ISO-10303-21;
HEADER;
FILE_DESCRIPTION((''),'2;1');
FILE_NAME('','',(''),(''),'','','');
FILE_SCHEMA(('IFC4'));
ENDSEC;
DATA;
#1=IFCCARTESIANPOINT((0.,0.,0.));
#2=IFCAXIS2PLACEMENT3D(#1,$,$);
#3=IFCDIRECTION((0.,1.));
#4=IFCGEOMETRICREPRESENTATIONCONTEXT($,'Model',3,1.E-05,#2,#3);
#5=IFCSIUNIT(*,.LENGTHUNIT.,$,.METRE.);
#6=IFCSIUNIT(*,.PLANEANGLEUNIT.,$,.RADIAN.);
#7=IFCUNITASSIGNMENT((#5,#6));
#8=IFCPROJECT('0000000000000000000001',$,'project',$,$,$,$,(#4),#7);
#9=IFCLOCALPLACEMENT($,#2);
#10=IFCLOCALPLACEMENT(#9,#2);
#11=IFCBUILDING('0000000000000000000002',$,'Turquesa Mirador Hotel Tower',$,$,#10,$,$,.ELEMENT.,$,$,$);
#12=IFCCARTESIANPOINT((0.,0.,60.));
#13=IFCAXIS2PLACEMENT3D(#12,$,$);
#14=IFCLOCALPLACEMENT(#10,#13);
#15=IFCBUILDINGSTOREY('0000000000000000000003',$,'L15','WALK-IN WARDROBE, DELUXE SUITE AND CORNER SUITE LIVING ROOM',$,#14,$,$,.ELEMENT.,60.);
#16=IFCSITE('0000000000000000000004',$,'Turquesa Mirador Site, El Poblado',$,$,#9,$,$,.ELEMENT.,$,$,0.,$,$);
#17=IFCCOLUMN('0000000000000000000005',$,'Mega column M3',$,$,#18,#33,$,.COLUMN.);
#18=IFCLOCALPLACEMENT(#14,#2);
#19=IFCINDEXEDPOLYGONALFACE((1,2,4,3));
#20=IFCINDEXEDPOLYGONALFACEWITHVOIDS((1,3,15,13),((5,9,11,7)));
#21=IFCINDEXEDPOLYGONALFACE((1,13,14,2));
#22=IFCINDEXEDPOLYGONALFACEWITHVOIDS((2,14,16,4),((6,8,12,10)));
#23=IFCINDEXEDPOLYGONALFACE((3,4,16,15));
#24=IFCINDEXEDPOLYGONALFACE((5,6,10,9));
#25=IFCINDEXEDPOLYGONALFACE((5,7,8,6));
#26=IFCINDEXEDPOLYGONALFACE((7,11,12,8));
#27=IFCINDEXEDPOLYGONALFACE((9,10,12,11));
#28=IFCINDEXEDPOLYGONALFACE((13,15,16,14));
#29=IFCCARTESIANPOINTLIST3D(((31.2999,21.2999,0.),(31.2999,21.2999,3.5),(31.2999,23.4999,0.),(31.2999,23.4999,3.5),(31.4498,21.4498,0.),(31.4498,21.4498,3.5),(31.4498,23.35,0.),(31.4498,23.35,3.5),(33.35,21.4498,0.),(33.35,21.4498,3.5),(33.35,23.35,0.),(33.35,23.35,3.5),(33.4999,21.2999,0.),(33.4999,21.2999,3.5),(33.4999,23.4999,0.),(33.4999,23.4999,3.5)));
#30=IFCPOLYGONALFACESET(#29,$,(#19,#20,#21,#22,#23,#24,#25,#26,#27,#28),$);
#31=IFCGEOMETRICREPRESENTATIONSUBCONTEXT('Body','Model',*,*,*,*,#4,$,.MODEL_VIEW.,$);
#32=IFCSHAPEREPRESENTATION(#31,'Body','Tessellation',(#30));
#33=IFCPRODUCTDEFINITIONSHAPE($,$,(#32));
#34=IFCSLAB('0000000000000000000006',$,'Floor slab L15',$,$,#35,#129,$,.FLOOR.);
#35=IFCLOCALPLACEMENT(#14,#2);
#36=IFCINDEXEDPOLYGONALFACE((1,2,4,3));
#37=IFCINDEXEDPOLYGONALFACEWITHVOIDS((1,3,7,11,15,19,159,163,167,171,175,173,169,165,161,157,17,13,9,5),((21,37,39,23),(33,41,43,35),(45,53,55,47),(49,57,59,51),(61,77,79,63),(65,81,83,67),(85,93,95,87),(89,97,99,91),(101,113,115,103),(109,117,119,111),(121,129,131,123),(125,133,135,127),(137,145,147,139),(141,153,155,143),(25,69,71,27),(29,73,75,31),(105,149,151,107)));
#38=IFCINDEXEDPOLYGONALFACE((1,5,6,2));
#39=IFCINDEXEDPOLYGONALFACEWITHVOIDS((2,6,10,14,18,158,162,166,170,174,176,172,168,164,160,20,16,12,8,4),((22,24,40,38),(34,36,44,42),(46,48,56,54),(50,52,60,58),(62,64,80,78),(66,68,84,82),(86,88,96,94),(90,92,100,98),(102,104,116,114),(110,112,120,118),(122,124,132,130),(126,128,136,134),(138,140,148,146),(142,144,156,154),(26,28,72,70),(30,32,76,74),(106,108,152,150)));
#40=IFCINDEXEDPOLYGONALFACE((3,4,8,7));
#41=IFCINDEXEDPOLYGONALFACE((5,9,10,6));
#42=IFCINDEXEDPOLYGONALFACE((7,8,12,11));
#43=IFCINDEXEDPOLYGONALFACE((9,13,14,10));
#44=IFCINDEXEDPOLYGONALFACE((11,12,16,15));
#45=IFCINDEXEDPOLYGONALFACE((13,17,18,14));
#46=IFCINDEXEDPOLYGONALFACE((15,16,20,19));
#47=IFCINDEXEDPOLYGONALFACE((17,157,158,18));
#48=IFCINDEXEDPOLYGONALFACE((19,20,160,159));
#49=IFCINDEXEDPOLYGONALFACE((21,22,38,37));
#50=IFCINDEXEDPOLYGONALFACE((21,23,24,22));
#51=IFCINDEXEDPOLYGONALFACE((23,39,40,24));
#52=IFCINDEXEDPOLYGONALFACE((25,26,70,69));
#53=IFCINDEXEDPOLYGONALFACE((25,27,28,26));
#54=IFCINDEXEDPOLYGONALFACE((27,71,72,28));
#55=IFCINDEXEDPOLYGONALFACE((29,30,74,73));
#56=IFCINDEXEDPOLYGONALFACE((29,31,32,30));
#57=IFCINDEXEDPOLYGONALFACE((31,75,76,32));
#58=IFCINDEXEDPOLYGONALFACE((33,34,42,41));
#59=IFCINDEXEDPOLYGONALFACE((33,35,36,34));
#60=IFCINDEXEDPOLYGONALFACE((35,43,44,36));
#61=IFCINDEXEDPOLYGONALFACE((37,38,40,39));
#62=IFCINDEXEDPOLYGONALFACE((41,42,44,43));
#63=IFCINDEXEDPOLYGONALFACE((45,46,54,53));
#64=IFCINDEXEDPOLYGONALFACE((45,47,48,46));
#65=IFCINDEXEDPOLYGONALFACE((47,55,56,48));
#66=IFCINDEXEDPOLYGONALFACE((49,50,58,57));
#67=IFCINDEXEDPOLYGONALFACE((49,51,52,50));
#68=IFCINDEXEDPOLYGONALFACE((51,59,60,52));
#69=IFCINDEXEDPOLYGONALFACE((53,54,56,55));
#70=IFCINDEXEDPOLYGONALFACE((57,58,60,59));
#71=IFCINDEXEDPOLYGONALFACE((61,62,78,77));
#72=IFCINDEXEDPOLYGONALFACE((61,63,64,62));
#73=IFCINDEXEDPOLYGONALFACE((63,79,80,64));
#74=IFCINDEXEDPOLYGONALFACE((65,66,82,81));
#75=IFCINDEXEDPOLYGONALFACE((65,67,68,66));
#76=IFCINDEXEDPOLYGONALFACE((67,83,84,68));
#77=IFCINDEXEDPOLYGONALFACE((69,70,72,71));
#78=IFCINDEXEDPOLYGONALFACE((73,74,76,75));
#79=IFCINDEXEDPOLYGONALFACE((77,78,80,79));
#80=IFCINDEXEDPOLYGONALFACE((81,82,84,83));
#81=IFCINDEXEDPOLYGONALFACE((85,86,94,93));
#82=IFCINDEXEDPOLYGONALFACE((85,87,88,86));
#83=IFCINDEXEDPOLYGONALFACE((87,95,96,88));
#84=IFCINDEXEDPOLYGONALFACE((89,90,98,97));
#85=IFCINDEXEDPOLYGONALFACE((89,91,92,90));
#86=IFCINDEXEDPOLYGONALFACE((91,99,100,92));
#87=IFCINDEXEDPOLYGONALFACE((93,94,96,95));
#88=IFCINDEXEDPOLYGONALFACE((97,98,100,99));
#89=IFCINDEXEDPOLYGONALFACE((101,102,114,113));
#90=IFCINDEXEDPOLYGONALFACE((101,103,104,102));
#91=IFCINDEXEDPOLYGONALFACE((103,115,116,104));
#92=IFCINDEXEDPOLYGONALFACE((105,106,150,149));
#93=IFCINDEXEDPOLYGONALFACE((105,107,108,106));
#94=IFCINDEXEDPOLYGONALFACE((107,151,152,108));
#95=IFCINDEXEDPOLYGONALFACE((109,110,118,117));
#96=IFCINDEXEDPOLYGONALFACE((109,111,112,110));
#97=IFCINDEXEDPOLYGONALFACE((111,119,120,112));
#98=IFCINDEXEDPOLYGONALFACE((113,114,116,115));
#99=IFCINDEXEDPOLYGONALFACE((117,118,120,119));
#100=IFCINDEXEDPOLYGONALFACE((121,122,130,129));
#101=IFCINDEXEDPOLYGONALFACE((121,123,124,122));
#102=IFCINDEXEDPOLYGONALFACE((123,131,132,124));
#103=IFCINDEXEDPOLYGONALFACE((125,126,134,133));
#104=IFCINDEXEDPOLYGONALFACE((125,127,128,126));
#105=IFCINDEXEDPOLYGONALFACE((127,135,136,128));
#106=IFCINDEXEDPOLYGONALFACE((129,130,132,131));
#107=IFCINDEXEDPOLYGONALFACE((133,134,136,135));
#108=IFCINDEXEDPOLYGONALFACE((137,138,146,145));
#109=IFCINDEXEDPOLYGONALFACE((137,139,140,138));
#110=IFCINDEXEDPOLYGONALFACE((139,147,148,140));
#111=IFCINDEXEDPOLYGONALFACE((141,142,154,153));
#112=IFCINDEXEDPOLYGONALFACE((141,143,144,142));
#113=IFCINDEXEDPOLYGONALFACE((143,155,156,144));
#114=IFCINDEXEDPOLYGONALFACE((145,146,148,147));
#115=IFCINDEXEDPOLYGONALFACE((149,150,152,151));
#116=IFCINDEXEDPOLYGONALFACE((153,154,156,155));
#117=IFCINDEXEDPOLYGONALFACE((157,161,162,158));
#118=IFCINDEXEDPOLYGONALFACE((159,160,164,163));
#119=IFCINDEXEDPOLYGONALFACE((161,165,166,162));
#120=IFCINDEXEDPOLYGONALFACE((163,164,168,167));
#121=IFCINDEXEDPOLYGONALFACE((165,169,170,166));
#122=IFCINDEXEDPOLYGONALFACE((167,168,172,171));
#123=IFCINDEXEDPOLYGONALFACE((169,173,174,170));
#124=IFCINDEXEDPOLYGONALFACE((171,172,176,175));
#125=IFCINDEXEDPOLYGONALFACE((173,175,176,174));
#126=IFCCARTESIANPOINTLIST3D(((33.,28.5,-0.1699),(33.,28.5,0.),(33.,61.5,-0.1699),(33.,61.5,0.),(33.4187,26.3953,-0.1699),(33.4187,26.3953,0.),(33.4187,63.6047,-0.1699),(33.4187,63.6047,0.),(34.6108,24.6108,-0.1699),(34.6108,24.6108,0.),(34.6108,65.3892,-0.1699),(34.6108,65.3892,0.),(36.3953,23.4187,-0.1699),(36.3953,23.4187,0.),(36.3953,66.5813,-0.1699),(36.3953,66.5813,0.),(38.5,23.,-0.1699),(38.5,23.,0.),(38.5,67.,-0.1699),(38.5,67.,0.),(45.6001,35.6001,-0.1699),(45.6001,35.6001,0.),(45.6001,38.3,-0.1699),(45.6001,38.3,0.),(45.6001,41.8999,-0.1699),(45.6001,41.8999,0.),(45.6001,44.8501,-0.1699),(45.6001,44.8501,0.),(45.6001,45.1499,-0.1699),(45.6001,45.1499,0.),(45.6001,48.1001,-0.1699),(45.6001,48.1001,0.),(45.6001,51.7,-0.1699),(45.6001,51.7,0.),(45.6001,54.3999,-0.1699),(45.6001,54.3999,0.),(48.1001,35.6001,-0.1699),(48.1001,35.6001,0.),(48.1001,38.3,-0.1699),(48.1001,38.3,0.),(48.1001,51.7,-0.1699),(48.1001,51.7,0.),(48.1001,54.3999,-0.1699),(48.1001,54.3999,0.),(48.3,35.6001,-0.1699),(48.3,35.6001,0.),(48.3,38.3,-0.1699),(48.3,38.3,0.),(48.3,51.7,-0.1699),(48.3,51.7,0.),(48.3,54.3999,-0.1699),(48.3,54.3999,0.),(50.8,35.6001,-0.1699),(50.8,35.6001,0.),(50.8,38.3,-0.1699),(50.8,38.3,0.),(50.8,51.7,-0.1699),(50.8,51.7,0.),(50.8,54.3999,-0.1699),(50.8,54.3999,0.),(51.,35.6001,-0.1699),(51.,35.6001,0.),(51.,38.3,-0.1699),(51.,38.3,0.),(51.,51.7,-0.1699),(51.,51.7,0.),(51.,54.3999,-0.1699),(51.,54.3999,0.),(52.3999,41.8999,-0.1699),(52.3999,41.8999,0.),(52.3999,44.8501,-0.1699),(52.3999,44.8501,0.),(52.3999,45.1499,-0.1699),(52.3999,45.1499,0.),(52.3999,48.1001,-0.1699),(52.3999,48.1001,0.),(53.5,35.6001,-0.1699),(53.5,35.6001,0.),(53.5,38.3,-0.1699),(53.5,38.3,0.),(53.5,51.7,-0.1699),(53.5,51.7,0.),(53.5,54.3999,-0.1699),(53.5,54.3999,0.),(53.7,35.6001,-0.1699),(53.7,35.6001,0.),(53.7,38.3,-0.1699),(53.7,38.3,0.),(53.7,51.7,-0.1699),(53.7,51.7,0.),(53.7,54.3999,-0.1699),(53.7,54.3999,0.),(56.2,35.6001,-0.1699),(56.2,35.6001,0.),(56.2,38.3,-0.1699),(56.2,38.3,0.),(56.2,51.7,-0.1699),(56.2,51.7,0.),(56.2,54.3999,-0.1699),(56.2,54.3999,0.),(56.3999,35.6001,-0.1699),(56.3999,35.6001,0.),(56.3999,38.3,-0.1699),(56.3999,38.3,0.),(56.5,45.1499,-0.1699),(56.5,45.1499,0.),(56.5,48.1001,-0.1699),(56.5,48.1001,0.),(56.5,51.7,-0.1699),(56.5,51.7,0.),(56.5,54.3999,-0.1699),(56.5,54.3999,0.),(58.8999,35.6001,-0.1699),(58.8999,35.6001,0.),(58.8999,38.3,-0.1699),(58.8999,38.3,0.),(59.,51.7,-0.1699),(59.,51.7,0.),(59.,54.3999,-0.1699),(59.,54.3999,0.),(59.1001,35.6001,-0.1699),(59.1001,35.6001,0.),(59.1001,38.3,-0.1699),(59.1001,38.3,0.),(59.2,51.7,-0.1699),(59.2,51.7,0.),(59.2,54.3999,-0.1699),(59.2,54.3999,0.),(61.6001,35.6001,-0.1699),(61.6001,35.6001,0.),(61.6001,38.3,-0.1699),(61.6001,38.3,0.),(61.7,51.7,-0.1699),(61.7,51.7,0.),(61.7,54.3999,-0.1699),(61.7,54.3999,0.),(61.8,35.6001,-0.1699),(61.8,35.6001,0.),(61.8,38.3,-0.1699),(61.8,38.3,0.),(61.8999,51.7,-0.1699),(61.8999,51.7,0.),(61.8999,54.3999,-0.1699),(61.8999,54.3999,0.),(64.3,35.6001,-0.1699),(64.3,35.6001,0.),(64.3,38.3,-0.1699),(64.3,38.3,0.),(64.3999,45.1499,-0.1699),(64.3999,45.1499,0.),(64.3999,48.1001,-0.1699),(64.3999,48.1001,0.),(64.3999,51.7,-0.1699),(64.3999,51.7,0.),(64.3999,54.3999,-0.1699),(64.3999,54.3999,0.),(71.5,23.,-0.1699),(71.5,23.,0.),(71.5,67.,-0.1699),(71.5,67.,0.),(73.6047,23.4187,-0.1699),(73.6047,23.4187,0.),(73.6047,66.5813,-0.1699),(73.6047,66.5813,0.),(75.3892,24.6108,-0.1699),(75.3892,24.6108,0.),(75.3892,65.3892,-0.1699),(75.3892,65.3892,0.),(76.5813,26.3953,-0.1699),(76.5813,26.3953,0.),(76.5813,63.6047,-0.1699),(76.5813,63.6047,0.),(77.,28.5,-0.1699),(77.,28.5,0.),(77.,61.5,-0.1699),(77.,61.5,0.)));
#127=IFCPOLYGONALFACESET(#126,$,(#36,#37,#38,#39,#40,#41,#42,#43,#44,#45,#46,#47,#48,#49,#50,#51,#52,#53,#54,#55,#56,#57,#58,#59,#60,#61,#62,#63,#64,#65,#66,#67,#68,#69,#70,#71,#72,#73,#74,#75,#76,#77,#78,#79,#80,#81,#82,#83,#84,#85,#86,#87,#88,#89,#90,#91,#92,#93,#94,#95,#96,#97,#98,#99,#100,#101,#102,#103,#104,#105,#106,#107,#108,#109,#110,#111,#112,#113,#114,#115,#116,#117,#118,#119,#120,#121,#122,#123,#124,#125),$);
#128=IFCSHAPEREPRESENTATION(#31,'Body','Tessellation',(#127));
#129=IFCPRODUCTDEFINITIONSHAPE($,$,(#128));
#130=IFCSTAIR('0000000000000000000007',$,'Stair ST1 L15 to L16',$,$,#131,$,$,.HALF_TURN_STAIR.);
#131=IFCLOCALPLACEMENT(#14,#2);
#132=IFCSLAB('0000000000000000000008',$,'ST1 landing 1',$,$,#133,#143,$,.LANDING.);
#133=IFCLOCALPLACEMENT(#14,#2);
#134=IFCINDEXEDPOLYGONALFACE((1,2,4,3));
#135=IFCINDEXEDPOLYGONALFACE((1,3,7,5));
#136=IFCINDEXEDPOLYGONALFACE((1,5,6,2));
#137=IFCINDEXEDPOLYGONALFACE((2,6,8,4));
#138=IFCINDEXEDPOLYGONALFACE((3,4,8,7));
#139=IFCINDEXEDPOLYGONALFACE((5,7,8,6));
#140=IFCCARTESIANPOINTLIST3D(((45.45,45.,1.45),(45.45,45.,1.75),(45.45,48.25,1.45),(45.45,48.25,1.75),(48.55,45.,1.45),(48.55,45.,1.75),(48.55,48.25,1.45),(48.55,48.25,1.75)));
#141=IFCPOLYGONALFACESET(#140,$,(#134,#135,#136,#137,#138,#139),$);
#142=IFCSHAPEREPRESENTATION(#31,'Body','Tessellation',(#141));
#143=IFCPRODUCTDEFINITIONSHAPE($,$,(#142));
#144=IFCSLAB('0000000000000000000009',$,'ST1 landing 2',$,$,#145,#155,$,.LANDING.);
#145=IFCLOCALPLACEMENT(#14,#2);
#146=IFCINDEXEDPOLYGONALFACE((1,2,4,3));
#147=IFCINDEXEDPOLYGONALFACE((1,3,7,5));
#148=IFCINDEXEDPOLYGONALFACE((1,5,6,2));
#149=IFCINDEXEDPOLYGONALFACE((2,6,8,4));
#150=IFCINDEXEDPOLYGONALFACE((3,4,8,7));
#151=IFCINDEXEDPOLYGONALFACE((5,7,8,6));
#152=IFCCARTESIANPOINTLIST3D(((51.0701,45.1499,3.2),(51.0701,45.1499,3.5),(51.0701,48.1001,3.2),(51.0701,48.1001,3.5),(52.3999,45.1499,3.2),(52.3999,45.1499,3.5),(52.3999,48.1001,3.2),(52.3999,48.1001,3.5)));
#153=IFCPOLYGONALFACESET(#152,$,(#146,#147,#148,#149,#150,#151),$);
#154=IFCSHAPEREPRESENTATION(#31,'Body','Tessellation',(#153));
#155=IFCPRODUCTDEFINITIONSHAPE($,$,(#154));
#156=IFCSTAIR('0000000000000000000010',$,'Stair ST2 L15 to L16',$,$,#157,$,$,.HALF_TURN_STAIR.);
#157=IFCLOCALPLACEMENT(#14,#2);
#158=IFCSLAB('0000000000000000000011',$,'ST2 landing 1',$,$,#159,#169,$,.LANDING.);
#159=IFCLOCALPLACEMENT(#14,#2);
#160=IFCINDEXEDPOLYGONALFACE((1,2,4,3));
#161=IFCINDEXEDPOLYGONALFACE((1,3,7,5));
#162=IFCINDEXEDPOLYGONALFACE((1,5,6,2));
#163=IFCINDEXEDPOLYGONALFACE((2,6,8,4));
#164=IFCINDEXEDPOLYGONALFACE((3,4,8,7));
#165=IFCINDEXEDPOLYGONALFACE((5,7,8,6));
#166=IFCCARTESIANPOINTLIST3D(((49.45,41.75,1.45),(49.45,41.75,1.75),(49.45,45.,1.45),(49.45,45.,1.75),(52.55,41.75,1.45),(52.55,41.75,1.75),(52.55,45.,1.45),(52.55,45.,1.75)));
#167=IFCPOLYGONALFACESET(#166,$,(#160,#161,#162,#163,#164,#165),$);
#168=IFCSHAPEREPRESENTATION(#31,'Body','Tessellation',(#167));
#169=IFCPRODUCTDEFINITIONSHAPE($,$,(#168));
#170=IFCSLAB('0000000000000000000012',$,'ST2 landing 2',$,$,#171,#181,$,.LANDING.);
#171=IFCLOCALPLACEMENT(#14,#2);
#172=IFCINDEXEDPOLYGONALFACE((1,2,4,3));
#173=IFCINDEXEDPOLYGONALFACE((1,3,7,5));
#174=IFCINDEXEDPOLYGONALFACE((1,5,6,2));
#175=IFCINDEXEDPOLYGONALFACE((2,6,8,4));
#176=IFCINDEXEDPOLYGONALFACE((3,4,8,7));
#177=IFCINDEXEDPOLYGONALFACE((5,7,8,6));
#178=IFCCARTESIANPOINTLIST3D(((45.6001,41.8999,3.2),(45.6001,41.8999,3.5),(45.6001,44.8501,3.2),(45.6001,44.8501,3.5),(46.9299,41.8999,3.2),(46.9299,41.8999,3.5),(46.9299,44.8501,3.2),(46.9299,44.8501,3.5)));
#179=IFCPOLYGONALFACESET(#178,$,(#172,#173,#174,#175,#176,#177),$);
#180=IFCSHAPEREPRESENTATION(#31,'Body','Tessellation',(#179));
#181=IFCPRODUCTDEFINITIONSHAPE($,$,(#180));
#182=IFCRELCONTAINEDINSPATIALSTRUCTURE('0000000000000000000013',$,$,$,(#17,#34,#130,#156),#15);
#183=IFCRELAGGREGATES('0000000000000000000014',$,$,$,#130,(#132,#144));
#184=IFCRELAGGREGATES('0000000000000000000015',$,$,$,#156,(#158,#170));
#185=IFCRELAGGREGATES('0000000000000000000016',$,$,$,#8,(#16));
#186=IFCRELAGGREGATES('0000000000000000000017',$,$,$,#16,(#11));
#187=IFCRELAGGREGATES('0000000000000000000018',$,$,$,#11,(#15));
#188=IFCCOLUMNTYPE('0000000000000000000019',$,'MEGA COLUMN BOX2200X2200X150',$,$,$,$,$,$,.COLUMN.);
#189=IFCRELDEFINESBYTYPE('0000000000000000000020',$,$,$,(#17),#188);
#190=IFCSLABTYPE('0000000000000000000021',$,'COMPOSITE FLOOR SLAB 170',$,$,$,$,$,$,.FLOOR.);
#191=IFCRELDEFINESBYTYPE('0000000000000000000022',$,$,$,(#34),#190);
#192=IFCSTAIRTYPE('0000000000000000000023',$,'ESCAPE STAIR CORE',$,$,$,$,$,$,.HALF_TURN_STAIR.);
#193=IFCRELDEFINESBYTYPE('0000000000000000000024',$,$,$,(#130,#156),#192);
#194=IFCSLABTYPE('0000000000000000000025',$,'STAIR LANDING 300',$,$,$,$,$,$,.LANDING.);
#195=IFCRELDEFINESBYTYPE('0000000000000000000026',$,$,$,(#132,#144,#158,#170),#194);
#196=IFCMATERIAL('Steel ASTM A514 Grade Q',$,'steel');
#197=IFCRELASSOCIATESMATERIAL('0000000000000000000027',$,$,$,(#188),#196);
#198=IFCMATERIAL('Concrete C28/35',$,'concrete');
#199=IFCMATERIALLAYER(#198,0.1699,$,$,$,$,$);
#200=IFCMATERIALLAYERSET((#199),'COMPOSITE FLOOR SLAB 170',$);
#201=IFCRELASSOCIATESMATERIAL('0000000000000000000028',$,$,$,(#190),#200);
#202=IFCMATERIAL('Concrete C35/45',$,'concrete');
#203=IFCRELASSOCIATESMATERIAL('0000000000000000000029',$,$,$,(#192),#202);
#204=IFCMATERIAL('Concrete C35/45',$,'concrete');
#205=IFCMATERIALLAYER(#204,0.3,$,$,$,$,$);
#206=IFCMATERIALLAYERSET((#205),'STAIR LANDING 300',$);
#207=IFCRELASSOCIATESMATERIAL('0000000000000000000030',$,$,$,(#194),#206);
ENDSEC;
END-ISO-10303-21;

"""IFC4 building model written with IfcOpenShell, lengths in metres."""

from ifc_helpers import new_model, si_unit, direction, frame, origin, origin_2d, place, context, subcontext, project, spatial, polyline, hollow_rectangle, outline, extrude, material, layer, layer_set, material_profile, profile_set, type_object, element, aggregate, save


model = new_model("IFC4")

# Units and contexts
model_context = context("Model", 3, precision=1e-05, world=origin(), true_north=direction((0.0, 1.0)))
body_context = subcontext(model_context, "Body", "Model", "MODEL_VIEW")
ifc_project = project(units=[si_unit("LENGTHUNIT", "METRE"), si_unit("PLANEANGLEUNIT", "RADIAN")], contexts=[model_context])

# Site, building, storey
site_placement = place(None, origin())
site = spatial("IfcSite", under=ifc_project, at=site_placement, Name="Turquesa Mirador Site, El Poblado", CompositionType="ELEMENT", RefElevation=0.0)
building_placement = place(site_placement, origin())
building = spatial("IfcBuilding", under=site, at=building_placement, Name="Turquesa Mirador Hotel Tower", CompositionType="ELEMENT")
storey_placement = place(building_placement, frame((0.0, 0.0, 60.0)))
storey = spatial("IfcBuildingStorey", under=building, at=storey_placement, Name="L15", Description="WALK-IN WARDROBE, DELUXE SUITE AND CORNER SUITE LIVING ROOM", CompositionType="ELEMENT", Elevation=60.0)

# Column
ifc_material_1 = material(Name="Steel ASTM A514 Grade Q", Category="steel")
ifc_material_profile = material_profile(ifc_material_1, hollow_rectangle(XDim=2.2, YDim=2.2, WallThickness=0.1499, at=origin_2d()), Name="BOX2200X2200X150")
ifc_profile_set = profile_set([ifc_material_profile], Name="Steel ASTM A514 Grade Q")
column_type = type_object("IfcColumnType", Name="MEGA COLUMN BOX2200X2200X150", PredefinedType="COLUMN", material=ifc_profile_set)
column_placement = place(storey_placement, frame((32.3999, 22.3999, 0.0), z_axis=(0.0, 0.0, 1.0), x_axis=(1.0, 0.0, 0.0)))
element("IfcColumn", 1, at=column_placement, inside=storey, type_object=column_type, Name="Mega column M3", PredefinedType="COLUMN", context=body_context, shape_type="SweptSolid", body=[
    extrude(hollow_rectangle(XDim=2.2, YDim=2.2, WallThickness=0.1499, at=origin_2d()), origin(), (0.0, 0.0, 1.0), 3.5),
])

# Slab
ifc_material_2 = material(Name="Concrete C28/35", Category="concrete")
ifc_layer_1 = layer(ifc_material_2, 0.1699)
ifc_layer_set_1 = layer_set([ifc_layer_1], Name="COMPOSITE FLOOR SLAB 170")
slab_type_1 = type_object("IfcSlabType", Name="COMPOSITE FLOOR SLAB 170", PredefinedType="FLOOR", material=ifc_layer_set_1)
slab_1_placement = place(storey_placement, frame((0.0, 0.0, -0.1699)))
element("IfcSlab", 2, at=slab_1_placement, inside=storey, type_object=slab_type_1, Name="Floor slab L15", PredefinedType="FLOOR", context=body_context, shape_type="SweptSolid", body=[
    extrude(outline(polyline([(71.5, 23.0), (73.6047, 23.4187), (75.3892, 24.6108), (76.5813, 26.3953), (77.0, 28.5), (77.0, 61.5), (76.5813, 63.6047), (75.3892, 65.3892), (73.6047, 66.5813), (71.5, 67.0), (38.5, 67.0), (36.3953, 66.5813), (34.6108, 65.3892), (33.4187, 63.6047), (33.0, 61.5), (33.0, 28.5), (33.4187, 26.3953), (34.6108, 24.6108), (36.3953, 23.4187), (38.5, 23.0), (71.5, 23.0)]), holes=[polyline([(45.6001, 51.7), (48.1001, 51.7), (48.1001, 54.3999), (45.6001, 54.3999), (45.6001, 51.7)]), polyline([(48.3, 51.7), (50.8, 51.7), (50.8, 54.3999), (48.3, 54.3999), (48.3, 51.7)]), polyline([(51.0, 51.7), (53.5, 51.7), (53.5, 54.3999), (51.0, 54.3999), (51.0, 51.7)]), polyline([(53.7, 51.7), (56.2, 51.7), (56.2, 54.3999), (53.7, 54.3999), (53.7, 51.7)]), polyline([(56.5, 51.7), (59.0, 51.7), (59.0, 54.3999), (56.5, 54.3999), (56.5, 51.7)]), polyline([(59.2, 51.7), (61.7, 51.7), (61.7, 54.3999), (59.2, 54.3999), (59.2, 51.7)]), polyline([(45.6001, 35.6001), (48.1001, 35.6001), (48.1001, 38.3), (45.6001, 38.3), (45.6001, 35.6001)]), polyline([(48.3, 35.6001), (50.8, 35.6001), (50.8, 38.3), (48.3, 38.3), (48.3, 35.6001)]), polyline([(51.0, 35.6001), (53.5, 35.6001), (53.5, 38.3), (51.0, 38.3), (51.0, 35.6001)]), polyline([(53.7, 35.6001), (56.2, 35.6001), (56.2, 38.3), (53.7, 38.3), (53.7, 35.6001)]), polyline([(56.3999, 35.6001), (58.8999, 35.6001), (58.8999, 38.3), (56.3999, 38.3), (56.3999, 35.6001)]), polyline([(59.1001, 35.6001), (61.6001, 35.6001), (61.6001, 38.3), (59.1001, 38.3), (59.1001, 35.6001)]), polyline([(61.8, 35.6001), (64.3, 35.6001), (64.3, 38.3), (61.8, 38.3), (61.8, 35.6001)]), polyline([(45.6001, 45.1499), (52.3999, 45.1499), (52.3999, 48.1001), (45.6001, 48.1001), (45.6001, 45.1499)]), polyline([(45.6001, 41.8999), (52.3999, 41.8999), (52.3999, 44.8501), (45.6001, 44.8501), (45.6001, 41.8999)]), polyline([(56.5, 45.1499), (64.3999, 45.1499), (64.3999, 48.1001), (56.5, 48.1001), (56.5, 45.1499)]), polyline([(61.8999, 51.7), (64.3999, 51.7), (64.3999, 54.3999), (61.8999, 54.3999), (61.8999, 51.7)])]), origin(), (0.0, 0.0, 1.0), 0.1699),
])

# Stairs, slabs
ifc_material_3 = material(Name="Concrete C35/45", Category="concrete")
stair_type = type_object("IfcStairType", Name="ESCAPE STAIR CORE", PredefinedType="HALF_TURN_STAIR", material=ifc_material_3)
stair_1_placement = place(storey_placement, origin())
stair_1 = element("IfcStair", 3, at=stair_1_placement, inside=storey, type_object=stair_type, Name="Stair ST1 L15 to L16", PredefinedType="HALF_TURN_STAIR")
ifc_material_4 = material(Name="Concrete C35/45", Category="concrete")
ifc_layer_2 = layer(ifc_material_4, 0.3)
ifc_layer_set_2 = layer_set([ifc_layer_2], Name="STAIR LANDING 300")
slab_type_2 = type_object("IfcSlabType", Name="STAIR LANDING 300", PredefinedType="LANDING", material=ifc_layer_set_2)
slab_2_placement = place(storey_placement, frame((0.0, 0.0, 1.45)))
slab_2 = element("IfcSlab", 4, at=slab_2_placement, type_object=slab_type_2, Name="ST1 landing 1", PredefinedType="LANDING", context=body_context, shape_type="SweptSolid", body=[
    extrude(outline(polyline([(45.45, 45.0), (48.55, 45.0), (48.55, 48.25), (45.45, 48.25), (45.45, 45.0)])), origin(), (0.0, 0.0, 1.0), 0.3),
])
slab_3_placement = place(storey_placement, frame((0.0, 0.0, 3.2)))
slab_3 = element("IfcSlab", 5, at=slab_3_placement, type_object=slab_type_2, Name="ST1 landing 2", PredefinedType="LANDING", context=body_context, shape_type="SweptSolid", body=[
    extrude(outline(polyline([(51.0701, 45.1499), (52.3999, 45.1499), (52.3999, 48.1001), (51.0701, 48.1001), (51.0701, 45.1499)])), origin(), (0.0, 0.0, 1.0), 0.3),
])
aggregate(stair_1, [slab_2, slab_3])
stair_2_placement = place(storey_placement, origin())
stair_2 = element("IfcStair", 6, at=stair_2_placement, inside=storey, type_object=stair_type, Name="Stair ST2 L15 to L16", PredefinedType="HALF_TURN_STAIR")
slab_4_placement = place(storey_placement, frame((0.0, 0.0, 1.45)))
slab_4 = element("IfcSlab", 7, at=slab_4_placement, type_object=slab_type_2, Name="ST2 landing 1", PredefinedType="LANDING", context=body_context, shape_type="SweptSolid", body=[
    extrude(outline(polyline([(52.55, 45.0), (49.45, 45.0), (49.45, 41.75), (52.55, 41.75), (52.55, 45.0)])), origin(), (0.0, 0.0, 1.0), 0.3),
])
slab_5_placement = place(storey_placement, frame((0.0, 0.0, 3.2)))
slab_5 = element("IfcSlab", 8, at=slab_5_placement, type_object=slab_type_2, Name="ST2 landing 2", PredefinedType="LANDING", context=body_context, shape_type="SweptSolid", body=[
    extrude(outline(polyline([(46.9299, 44.8501), (45.6001, 44.8501), (45.6001, 41.8999), (46.9299, 41.8999), (46.9299, 44.8501)])), origin(), (0.0, 0.0, 1.0), 0.3),
])
aggregate(stair_2, [slab_4, slab_5])

save(model, "model.ifc")
